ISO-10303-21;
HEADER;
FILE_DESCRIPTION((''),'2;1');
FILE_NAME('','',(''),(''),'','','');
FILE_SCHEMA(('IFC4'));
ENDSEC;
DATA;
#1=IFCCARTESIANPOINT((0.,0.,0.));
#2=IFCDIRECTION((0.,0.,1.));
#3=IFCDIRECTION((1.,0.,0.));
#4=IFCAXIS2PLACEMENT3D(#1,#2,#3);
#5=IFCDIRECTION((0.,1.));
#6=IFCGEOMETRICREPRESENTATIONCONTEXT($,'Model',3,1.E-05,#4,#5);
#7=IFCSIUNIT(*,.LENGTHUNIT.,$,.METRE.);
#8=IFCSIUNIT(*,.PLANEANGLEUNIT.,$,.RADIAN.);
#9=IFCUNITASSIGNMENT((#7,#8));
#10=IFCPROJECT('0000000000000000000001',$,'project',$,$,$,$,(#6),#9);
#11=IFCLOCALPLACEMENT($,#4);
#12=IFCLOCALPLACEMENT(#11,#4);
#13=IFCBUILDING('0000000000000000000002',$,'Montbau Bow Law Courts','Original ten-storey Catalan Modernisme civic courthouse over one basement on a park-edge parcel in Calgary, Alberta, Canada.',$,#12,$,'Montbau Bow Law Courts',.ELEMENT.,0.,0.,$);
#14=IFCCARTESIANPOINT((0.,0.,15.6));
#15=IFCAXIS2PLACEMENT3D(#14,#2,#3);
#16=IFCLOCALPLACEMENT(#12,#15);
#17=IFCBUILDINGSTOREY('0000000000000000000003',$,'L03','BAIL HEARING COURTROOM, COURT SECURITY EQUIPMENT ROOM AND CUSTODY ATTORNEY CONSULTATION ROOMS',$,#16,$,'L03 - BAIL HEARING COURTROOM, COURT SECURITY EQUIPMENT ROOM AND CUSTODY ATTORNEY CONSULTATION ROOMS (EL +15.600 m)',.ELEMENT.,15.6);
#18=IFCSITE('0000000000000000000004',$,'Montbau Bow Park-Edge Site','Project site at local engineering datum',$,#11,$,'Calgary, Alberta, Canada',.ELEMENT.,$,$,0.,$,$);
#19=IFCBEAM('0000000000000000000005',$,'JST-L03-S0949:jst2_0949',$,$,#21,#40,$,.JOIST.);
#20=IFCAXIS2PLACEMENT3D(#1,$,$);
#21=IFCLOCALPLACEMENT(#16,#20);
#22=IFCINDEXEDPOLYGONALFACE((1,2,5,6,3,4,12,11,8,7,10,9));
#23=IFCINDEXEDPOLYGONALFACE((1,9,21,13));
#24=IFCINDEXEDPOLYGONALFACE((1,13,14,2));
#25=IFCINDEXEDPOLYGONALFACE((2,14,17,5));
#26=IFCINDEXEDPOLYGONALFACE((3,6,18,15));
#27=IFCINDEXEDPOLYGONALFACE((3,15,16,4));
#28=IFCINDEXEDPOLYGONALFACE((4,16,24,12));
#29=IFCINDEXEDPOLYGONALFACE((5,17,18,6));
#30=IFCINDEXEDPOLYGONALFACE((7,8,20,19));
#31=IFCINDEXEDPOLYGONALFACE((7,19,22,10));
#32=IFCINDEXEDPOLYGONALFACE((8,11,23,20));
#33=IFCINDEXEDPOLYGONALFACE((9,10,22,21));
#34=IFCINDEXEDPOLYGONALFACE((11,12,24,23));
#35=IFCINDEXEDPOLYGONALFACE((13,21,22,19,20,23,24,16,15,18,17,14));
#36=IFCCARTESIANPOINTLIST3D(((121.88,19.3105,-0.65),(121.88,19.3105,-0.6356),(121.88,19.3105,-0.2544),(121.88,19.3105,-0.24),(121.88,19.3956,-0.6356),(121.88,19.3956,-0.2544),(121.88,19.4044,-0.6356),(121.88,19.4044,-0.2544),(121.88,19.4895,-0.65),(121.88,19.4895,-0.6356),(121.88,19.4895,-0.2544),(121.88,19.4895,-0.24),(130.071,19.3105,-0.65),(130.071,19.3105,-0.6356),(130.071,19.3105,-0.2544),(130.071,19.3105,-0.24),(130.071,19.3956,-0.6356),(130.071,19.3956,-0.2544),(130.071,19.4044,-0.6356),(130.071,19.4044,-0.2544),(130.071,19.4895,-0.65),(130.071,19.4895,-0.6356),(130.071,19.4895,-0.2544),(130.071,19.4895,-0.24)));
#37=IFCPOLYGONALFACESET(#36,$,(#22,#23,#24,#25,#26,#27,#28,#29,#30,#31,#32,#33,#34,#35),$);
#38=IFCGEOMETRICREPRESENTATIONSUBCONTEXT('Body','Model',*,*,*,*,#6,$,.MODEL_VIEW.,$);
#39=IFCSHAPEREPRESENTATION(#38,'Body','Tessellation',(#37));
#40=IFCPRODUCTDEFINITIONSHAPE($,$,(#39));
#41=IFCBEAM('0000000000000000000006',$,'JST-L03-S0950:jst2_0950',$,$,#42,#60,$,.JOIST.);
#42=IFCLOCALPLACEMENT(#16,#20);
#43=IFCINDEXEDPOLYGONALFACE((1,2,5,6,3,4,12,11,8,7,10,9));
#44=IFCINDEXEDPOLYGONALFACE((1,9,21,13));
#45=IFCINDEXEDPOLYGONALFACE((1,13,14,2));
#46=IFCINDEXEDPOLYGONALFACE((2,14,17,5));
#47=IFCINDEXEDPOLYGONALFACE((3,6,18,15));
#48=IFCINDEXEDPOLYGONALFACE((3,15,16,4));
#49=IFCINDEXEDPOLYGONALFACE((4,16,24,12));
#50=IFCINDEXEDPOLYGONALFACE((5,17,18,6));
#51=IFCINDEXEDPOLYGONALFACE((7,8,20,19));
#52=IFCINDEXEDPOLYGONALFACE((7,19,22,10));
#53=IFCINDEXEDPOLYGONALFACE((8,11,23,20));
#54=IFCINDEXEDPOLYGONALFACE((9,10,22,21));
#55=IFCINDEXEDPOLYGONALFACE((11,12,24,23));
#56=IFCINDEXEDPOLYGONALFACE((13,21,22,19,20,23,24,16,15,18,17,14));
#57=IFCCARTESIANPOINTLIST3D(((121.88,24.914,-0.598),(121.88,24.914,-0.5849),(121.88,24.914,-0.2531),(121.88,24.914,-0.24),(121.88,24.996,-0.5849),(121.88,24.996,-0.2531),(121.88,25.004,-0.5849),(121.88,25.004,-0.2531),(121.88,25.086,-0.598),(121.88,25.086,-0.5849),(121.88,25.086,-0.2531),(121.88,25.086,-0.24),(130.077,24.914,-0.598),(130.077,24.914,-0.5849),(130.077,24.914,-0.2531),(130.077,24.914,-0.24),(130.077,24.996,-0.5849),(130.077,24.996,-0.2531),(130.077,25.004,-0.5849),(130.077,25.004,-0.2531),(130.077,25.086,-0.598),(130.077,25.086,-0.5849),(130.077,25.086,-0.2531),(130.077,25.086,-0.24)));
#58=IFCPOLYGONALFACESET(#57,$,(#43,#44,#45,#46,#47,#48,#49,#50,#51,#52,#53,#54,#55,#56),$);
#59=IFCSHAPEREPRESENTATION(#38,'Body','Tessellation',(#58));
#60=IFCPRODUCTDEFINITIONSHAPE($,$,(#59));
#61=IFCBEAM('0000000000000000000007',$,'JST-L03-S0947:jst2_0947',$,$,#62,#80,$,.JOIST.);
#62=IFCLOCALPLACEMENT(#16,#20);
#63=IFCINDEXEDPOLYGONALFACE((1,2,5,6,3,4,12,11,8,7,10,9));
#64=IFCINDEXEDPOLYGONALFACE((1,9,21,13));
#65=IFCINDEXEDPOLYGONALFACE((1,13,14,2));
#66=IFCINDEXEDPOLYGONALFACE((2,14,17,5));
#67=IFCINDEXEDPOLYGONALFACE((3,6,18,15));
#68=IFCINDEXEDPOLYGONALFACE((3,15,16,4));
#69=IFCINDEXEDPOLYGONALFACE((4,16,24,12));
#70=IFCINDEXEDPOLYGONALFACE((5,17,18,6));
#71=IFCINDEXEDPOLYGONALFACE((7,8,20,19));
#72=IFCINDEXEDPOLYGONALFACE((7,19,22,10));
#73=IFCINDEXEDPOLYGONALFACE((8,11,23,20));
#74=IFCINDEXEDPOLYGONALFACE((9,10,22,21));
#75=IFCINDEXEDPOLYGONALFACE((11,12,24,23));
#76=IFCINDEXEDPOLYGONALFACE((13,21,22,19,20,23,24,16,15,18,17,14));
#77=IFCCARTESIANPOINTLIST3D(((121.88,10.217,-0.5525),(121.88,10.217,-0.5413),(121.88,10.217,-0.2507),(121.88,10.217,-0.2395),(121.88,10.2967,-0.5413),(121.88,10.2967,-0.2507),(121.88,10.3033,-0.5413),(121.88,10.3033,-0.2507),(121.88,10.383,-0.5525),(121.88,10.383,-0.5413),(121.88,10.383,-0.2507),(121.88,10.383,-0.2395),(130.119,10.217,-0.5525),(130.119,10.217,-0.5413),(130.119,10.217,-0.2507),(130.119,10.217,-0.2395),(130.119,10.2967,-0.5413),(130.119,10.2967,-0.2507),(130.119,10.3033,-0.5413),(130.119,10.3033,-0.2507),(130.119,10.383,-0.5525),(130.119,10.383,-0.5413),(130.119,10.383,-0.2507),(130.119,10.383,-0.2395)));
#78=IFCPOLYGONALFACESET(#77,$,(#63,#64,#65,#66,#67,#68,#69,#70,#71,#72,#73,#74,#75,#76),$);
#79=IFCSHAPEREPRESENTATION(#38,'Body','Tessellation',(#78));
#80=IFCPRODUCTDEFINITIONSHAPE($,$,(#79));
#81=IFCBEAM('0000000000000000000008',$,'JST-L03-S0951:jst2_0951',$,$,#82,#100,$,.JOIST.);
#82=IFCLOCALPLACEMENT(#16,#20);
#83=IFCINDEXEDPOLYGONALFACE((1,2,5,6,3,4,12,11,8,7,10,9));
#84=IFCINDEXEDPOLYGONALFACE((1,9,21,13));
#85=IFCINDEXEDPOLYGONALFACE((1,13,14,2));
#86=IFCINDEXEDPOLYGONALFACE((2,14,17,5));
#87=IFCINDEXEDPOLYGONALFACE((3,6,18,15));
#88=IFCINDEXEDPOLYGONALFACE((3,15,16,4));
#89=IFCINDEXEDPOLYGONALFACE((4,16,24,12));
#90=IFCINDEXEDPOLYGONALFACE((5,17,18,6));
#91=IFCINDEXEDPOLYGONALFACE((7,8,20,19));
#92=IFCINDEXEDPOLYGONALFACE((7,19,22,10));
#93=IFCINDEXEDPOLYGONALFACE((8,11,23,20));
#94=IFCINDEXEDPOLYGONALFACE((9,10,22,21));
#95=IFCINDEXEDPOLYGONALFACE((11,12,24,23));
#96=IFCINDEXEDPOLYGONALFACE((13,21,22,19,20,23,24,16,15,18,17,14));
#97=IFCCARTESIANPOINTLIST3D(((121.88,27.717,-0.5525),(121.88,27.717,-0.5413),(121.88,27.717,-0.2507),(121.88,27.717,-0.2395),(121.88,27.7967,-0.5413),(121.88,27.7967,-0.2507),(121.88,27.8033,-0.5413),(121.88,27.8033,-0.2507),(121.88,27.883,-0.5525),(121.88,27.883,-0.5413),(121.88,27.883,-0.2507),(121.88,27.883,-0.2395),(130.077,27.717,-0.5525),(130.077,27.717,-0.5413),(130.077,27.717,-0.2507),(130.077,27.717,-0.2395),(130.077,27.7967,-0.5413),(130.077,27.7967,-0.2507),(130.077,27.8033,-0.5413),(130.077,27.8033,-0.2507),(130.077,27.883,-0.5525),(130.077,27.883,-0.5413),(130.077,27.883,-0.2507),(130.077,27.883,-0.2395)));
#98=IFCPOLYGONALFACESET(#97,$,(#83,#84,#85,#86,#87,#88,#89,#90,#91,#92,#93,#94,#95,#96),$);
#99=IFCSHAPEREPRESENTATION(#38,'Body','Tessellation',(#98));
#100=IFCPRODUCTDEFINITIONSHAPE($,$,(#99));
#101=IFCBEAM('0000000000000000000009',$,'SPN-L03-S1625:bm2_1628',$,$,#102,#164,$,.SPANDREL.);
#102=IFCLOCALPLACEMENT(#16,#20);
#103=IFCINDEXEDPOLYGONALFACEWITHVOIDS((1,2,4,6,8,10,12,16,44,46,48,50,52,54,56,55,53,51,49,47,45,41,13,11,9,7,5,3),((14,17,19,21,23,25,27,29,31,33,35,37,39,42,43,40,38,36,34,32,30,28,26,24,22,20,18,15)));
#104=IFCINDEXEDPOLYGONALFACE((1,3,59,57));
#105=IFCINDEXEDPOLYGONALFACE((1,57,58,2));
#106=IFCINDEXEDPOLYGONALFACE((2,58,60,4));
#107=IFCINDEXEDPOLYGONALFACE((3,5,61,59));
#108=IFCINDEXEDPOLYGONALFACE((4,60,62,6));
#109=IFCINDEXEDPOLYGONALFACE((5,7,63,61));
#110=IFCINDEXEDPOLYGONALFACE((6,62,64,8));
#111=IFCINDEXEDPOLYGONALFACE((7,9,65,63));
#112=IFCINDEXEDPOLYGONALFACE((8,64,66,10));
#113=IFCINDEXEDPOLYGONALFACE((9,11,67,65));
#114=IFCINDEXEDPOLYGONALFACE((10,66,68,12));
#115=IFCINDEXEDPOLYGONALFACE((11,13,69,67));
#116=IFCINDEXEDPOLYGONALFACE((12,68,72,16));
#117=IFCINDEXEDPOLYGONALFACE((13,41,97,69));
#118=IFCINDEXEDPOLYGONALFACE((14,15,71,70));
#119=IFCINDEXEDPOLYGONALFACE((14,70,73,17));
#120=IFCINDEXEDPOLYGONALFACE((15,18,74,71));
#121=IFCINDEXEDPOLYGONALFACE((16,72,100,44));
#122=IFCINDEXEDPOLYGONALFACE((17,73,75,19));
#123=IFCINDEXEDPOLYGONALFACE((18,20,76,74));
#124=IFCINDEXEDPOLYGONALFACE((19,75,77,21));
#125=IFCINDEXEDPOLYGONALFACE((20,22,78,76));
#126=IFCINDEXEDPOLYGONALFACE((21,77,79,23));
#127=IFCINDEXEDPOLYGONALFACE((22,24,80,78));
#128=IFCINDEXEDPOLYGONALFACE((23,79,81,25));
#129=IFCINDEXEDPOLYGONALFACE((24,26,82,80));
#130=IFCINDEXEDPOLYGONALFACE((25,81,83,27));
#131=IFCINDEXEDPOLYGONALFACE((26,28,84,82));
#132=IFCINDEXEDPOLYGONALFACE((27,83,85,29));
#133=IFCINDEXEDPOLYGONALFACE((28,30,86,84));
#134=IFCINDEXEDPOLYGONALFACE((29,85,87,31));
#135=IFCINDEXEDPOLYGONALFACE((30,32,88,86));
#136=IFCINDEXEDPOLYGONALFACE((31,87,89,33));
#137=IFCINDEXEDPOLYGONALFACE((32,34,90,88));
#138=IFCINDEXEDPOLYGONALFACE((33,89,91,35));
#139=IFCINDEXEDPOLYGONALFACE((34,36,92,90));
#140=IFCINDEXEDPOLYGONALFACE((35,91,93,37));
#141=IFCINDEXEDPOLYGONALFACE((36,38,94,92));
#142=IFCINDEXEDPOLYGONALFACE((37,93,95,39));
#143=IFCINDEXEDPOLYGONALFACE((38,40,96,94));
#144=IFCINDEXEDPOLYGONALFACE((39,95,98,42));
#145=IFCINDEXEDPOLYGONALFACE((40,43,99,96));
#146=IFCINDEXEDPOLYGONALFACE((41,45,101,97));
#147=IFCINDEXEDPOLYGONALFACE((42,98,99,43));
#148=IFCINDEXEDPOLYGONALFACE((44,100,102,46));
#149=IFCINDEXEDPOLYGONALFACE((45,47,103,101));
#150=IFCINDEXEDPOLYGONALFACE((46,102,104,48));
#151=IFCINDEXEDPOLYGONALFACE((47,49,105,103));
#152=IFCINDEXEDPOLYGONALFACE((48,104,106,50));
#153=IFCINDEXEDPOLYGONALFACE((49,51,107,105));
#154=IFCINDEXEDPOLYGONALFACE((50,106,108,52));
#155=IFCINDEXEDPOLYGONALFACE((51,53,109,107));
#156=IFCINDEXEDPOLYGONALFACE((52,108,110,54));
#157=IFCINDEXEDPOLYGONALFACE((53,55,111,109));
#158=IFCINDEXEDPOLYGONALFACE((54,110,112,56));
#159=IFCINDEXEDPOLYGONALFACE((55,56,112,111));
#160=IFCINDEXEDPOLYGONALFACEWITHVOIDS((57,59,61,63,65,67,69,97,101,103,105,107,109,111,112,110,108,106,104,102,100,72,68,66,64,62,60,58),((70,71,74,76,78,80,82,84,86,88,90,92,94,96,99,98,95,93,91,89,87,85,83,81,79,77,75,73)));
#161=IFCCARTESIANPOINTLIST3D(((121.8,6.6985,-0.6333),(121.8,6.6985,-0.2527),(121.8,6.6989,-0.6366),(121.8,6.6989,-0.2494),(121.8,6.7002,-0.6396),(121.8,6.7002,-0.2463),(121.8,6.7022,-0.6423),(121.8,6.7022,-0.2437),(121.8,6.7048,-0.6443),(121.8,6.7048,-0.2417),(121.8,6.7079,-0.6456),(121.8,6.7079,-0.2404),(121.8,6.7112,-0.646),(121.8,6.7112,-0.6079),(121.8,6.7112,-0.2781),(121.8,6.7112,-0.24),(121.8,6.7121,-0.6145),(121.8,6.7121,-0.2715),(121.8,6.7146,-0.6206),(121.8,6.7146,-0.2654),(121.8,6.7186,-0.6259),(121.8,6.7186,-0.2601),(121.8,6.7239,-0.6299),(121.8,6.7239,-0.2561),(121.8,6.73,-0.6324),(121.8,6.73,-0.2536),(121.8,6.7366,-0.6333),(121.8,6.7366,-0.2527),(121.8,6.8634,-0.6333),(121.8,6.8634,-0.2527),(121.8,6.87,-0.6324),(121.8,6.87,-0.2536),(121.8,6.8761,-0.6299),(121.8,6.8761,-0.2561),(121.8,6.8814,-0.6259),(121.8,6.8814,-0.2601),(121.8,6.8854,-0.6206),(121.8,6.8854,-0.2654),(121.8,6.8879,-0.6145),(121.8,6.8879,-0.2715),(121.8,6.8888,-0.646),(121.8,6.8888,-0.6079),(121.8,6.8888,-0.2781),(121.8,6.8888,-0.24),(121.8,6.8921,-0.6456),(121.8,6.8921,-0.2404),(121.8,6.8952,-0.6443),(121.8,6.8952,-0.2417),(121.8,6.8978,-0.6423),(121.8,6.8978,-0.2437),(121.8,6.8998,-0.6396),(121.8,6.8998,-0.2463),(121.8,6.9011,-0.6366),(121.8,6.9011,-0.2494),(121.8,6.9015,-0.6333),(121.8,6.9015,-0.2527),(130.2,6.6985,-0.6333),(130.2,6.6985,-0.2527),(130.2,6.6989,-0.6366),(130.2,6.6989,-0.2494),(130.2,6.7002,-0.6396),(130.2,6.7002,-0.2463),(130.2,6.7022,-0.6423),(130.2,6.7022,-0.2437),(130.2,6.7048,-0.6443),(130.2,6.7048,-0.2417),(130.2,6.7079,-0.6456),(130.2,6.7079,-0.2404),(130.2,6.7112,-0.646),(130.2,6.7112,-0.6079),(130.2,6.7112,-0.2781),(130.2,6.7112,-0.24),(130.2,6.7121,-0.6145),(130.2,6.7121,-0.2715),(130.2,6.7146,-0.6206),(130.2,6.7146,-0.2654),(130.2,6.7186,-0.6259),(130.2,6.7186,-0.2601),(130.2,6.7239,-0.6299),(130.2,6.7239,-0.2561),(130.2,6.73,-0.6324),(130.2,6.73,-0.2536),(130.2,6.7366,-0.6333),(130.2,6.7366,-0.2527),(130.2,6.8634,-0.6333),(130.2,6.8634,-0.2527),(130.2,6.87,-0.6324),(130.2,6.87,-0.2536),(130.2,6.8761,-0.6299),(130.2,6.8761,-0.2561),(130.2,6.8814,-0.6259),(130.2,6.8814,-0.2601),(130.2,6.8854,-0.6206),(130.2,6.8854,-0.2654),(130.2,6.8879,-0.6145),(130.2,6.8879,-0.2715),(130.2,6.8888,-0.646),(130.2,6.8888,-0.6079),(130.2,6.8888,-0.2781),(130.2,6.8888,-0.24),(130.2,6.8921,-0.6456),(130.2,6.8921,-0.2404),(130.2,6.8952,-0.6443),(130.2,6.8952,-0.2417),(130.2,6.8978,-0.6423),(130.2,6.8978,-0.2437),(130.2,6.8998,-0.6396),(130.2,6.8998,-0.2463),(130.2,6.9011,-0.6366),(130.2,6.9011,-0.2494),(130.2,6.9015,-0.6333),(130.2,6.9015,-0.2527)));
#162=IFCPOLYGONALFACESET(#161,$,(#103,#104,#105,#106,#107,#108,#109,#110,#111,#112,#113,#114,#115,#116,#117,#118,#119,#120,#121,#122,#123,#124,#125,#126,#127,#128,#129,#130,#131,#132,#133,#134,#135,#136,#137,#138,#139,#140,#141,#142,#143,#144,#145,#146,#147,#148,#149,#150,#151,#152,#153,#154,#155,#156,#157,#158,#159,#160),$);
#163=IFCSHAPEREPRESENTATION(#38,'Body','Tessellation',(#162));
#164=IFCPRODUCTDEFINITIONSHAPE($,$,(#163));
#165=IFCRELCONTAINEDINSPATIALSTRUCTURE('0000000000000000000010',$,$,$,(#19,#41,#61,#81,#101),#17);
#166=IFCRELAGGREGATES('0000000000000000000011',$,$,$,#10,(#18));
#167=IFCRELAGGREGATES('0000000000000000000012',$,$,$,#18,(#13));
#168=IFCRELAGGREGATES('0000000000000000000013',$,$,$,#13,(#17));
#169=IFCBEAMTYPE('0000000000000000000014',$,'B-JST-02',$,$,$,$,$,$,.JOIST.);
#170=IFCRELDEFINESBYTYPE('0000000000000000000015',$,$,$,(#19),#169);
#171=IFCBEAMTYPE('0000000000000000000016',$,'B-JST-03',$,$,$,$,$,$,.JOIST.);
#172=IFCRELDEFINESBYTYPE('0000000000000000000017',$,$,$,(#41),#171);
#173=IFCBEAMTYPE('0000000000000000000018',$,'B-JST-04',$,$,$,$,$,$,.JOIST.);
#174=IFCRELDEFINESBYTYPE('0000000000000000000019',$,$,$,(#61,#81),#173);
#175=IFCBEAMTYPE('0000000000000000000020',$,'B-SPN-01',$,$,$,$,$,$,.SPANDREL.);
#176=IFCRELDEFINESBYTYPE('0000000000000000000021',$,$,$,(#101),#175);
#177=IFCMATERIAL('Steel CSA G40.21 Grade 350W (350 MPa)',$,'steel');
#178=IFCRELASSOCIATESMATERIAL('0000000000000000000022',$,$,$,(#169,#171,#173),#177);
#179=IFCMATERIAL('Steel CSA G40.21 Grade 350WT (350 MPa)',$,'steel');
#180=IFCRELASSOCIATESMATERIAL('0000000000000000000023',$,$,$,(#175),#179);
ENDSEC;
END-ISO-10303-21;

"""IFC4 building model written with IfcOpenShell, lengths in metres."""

from ifc_helpers import new_model, si_unit, direction, frame, origin_with_axes, origin_2d_with_axis, place, context, subcontext, project, spatial, hollow_rectangle, i_section, extrude, material, material_profile, profile_set, type_object, element, save


model = new_model("IFC4")

# Units and contexts
model_context = context("Model", 3, precision=1e-05, world=origin_with_axes(), true_north=direction((0.0, 1.0)))
body_context = subcontext(model_context, "Body", "Model", "MODEL_VIEW")
ifc_project = project(units=[si_unit("LENGTHUNIT", "METRE"), si_unit("PLANEANGLEUNIT", "RADIAN")], contexts=[model_context])

# Site, building, storey
site_placement = place(None, origin_with_axes())
site = spatial("IfcSite", under=ifc_project, at=site_placement, Name="Montbau Bow Park-Edge Site", Description="Project site at local engineering datum", LongName="Calgary, Alberta, Canada", CompositionType="ELEMENT", RefElevation=0.0)
building_placement = place(site_placement, origin_with_axes())
building = spatial("IfcBuilding", under=site, at=building_placement, Name="Montbau Bow Law Courts", Description="Original ten-storey Catalan Modernisme civic courthouse over one basement on a park-edge parcel in Calgary, Alberta, Canada.", LongName="Montbau Bow Law Courts", CompositionType="ELEMENT", ElevationOfRefHeight=0.0, ElevationOfTerrain=0.0)
storey_placement = place(building_placement, frame((0.0, 0.0, 15.6), z_axis=(0.0, 0.0, 1.0), x_axis=(1.0, 0.0, 0.0)))
storey = spatial("IfcBuildingStorey", under=building, at=storey_placement, Name="L03", Description="BAIL HEARING COURTROOM, COURT SECURITY EQUIPMENT ROOM AND CUSTODY ATTORNEY CONSULTATION ROOMS", LongName="L03 - BAIL HEARING COURTROOM, COURT SECURITY EQUIPMENT ROOM AND CUSTODY ATTORNEY CONSULTATION ROOMS (EL +15.600 m)", CompositionType="ELEMENT", Elevation=15.6)

# Beams
ifc_material_1 = material(Name="Steel CSA G40.21 Grade 350W (350 MPa)", Category="steel")
ifc_material_profile_1 = material_profile(ifc_material_1, i_section(OverallWidth=0.179, OverallDepth=0.41, WebThickness=0.0088, FlangeThickness=0.0144, at=origin_2d_with_axis()), Name="W410X67", Category="Main", Priority=0)
ifc_profile_set_1 = profile_set([ifc_material_profile_1], Name="Steel CSA G40.21 Grade 350W (350 MPa)")
beam_type_1 = type_object("IfcBeamType", Name="B-JST-02", PredefinedType="JOIST", material=ifc_profile_set_1)
beam_1_placement = place(None, frame((121.88, 19.4, 15.155), z_axis=(1.0, 0.0, 0.0), x_axis=(0.0, 1.0, 0.0)))
element("IfcBeam", 1, at=beam_1_placement, inside=storey, type_object=beam_type_1, Name="JST-L03-S0949:jst2_0949", PredefinedType="JOIST", context=body_context, shape_type="SweptSolid", body=[
    extrude(i_section(OverallWidth=0.179, OverallDepth=0.41, WebThickness=0.0088, FlangeThickness=0.0144, at=origin_2d_with_axis()), origin_with_axes(), (0.0, 0.0, 1.0), 8.191),
])
ifc_material_profile_2 = material_profile(ifc_material_1, i_section(OverallWidth=0.172, OverallDepth=0.358, WebThickness=0.0079, FlangeThickness=0.0131, at=origin_2d_with_axis()), Name="W360X57", Category="Main", Priority=0)
ifc_profile_set_2 = profile_set([ifc_material_profile_2], Name="Steel CSA G40.21 Grade 350W (350 MPa)")
beam_type_2 = type_object("IfcBeamType", Name="B-JST-03", PredefinedType="JOIST", material=ifc_profile_set_2)
beam_2_placement = place(None, frame((121.88, 25.0, 15.181), z_axis=(1.0, 0.0, 0.0), x_axis=(0.0, 1.0, 0.0)))
element("IfcBeam", 2, at=beam_2_placement, inside=storey, type_object=beam_type_2, Name="JST-L03-S0950:jst2_0950", PredefinedType="JOIST", context=body_context, shape_type="SweptSolid", body=[
    extrude(i_section(OverallWidth=0.172, OverallDepth=0.358, WebThickness=0.0079, FlangeThickness=0.0131, at=origin_2d_with_axis()), origin_with_axes(), (0.0, 0.0, 1.0), 8.197),
])
ifc_material_profile_3 = material_profile(ifc_material_1, i_section(OverallWidth=0.166, OverallDepth=0.313, WebThickness=0.0066, FlangeThickness=0.0112, at=origin_2d_with_axis()), Name="W310X45", Category="Main", Priority=0)
ifc_profile_set_3 = profile_set([ifc_material_profile_3], Name="Steel CSA G40.21 Grade 350W (350 MPa)")
beam_type_3 = type_object("IfcBeamType", Name="B-JST-04", PredefinedType="JOIST", material=ifc_profile_set_3)
beam_3_placement = place(None, frame((121.88, 10.3, 15.204), z_axis=(1.0, 0.0, 0.0), x_axis=(0.0, 1.0, 0.0)))
element("IfcBeam", 3, at=beam_3_placement, inside=storey, type_object=beam_type_3, Name="JST-L03-S0947:jst2_0947", PredefinedType="JOIST", context=body_context, shape_type="SweptSolid", body=[
    extrude(i_section(OverallWidth=0.166, OverallDepth=0.313, WebThickness=0.0066, FlangeThickness=0.0112, at=origin_2d_with_axis()), origin_with_axes(), (0.0, 0.0, 1.0), 8.239),
])
beam_4_placement = place(None, frame((121.88, 27.8, 15.204), z_axis=(1.0, 0.0, 0.0), x_axis=(0.0, 1.0, 0.0)))
element("IfcBeam", 4, at=beam_4_placement, inside=storey, type_object=beam_type_3, Name="JST-L03-S0951:jst2_0951", PredefinedType="JOIST", context=body_context, shape_type="SweptSolid", body=[
    extrude(i_section(OverallWidth=0.166, OverallDepth=0.313, WebThickness=0.0066, FlangeThickness=0.0112, at=origin_2d_with_axis()), origin_with_axes(), (0.0, 0.0, 1.0), 8.197),
])
ifc_material_2 = material(Name="Steel CSA G40.21 Grade 350WT (350 MPa)", Category="steel")
ifc_material_profile_4 = material_profile(ifc_material_2, hollow_rectangle(XDim=0.203, YDim=0.406, WallThickness=0.0127, InnerFilletRadius=0.0254, OuterFilletRadius=0.0127, at=origin_2d_with_axis()), Name="HSS406X203X13", Category="Main", Priority=0)
ifc_profile_set_4 = profile_set([ifc_material_profile_4], Name="Steel CSA G40.21 Grade 350WT (350 MPa)")
beam_type_4 = type_object("IfcBeamType", Name="B-SPN-01", PredefinedType="SPANDREL", material=ifc_profile_set_4)
beam_5_placement = place(None, frame((121.8, 6.8, 15.157), z_axis=(1.0, 0.0, 0.0), x_axis=(0.0, 1.0, 0.0)))
element("IfcBeam", 5, at=beam_5_placement, inside=storey, type_object=beam_type_4, Name="SPN-L03-S1625:bm2_1628", PredefinedType="SPANDREL", context=body_context, shape_type="SweptSolid", body=[
    extrude(hollow_rectangle(XDim=0.203, YDim=0.406, WallThickness=0.0127, InnerFilletRadius=0.0254, OuterFilletRadius=0.0127, at=origin_2d_with_axis()), origin_with_axes(), (0.0, 0.0, 1.0), 8.4),
])

save(model, "model.ifc")
